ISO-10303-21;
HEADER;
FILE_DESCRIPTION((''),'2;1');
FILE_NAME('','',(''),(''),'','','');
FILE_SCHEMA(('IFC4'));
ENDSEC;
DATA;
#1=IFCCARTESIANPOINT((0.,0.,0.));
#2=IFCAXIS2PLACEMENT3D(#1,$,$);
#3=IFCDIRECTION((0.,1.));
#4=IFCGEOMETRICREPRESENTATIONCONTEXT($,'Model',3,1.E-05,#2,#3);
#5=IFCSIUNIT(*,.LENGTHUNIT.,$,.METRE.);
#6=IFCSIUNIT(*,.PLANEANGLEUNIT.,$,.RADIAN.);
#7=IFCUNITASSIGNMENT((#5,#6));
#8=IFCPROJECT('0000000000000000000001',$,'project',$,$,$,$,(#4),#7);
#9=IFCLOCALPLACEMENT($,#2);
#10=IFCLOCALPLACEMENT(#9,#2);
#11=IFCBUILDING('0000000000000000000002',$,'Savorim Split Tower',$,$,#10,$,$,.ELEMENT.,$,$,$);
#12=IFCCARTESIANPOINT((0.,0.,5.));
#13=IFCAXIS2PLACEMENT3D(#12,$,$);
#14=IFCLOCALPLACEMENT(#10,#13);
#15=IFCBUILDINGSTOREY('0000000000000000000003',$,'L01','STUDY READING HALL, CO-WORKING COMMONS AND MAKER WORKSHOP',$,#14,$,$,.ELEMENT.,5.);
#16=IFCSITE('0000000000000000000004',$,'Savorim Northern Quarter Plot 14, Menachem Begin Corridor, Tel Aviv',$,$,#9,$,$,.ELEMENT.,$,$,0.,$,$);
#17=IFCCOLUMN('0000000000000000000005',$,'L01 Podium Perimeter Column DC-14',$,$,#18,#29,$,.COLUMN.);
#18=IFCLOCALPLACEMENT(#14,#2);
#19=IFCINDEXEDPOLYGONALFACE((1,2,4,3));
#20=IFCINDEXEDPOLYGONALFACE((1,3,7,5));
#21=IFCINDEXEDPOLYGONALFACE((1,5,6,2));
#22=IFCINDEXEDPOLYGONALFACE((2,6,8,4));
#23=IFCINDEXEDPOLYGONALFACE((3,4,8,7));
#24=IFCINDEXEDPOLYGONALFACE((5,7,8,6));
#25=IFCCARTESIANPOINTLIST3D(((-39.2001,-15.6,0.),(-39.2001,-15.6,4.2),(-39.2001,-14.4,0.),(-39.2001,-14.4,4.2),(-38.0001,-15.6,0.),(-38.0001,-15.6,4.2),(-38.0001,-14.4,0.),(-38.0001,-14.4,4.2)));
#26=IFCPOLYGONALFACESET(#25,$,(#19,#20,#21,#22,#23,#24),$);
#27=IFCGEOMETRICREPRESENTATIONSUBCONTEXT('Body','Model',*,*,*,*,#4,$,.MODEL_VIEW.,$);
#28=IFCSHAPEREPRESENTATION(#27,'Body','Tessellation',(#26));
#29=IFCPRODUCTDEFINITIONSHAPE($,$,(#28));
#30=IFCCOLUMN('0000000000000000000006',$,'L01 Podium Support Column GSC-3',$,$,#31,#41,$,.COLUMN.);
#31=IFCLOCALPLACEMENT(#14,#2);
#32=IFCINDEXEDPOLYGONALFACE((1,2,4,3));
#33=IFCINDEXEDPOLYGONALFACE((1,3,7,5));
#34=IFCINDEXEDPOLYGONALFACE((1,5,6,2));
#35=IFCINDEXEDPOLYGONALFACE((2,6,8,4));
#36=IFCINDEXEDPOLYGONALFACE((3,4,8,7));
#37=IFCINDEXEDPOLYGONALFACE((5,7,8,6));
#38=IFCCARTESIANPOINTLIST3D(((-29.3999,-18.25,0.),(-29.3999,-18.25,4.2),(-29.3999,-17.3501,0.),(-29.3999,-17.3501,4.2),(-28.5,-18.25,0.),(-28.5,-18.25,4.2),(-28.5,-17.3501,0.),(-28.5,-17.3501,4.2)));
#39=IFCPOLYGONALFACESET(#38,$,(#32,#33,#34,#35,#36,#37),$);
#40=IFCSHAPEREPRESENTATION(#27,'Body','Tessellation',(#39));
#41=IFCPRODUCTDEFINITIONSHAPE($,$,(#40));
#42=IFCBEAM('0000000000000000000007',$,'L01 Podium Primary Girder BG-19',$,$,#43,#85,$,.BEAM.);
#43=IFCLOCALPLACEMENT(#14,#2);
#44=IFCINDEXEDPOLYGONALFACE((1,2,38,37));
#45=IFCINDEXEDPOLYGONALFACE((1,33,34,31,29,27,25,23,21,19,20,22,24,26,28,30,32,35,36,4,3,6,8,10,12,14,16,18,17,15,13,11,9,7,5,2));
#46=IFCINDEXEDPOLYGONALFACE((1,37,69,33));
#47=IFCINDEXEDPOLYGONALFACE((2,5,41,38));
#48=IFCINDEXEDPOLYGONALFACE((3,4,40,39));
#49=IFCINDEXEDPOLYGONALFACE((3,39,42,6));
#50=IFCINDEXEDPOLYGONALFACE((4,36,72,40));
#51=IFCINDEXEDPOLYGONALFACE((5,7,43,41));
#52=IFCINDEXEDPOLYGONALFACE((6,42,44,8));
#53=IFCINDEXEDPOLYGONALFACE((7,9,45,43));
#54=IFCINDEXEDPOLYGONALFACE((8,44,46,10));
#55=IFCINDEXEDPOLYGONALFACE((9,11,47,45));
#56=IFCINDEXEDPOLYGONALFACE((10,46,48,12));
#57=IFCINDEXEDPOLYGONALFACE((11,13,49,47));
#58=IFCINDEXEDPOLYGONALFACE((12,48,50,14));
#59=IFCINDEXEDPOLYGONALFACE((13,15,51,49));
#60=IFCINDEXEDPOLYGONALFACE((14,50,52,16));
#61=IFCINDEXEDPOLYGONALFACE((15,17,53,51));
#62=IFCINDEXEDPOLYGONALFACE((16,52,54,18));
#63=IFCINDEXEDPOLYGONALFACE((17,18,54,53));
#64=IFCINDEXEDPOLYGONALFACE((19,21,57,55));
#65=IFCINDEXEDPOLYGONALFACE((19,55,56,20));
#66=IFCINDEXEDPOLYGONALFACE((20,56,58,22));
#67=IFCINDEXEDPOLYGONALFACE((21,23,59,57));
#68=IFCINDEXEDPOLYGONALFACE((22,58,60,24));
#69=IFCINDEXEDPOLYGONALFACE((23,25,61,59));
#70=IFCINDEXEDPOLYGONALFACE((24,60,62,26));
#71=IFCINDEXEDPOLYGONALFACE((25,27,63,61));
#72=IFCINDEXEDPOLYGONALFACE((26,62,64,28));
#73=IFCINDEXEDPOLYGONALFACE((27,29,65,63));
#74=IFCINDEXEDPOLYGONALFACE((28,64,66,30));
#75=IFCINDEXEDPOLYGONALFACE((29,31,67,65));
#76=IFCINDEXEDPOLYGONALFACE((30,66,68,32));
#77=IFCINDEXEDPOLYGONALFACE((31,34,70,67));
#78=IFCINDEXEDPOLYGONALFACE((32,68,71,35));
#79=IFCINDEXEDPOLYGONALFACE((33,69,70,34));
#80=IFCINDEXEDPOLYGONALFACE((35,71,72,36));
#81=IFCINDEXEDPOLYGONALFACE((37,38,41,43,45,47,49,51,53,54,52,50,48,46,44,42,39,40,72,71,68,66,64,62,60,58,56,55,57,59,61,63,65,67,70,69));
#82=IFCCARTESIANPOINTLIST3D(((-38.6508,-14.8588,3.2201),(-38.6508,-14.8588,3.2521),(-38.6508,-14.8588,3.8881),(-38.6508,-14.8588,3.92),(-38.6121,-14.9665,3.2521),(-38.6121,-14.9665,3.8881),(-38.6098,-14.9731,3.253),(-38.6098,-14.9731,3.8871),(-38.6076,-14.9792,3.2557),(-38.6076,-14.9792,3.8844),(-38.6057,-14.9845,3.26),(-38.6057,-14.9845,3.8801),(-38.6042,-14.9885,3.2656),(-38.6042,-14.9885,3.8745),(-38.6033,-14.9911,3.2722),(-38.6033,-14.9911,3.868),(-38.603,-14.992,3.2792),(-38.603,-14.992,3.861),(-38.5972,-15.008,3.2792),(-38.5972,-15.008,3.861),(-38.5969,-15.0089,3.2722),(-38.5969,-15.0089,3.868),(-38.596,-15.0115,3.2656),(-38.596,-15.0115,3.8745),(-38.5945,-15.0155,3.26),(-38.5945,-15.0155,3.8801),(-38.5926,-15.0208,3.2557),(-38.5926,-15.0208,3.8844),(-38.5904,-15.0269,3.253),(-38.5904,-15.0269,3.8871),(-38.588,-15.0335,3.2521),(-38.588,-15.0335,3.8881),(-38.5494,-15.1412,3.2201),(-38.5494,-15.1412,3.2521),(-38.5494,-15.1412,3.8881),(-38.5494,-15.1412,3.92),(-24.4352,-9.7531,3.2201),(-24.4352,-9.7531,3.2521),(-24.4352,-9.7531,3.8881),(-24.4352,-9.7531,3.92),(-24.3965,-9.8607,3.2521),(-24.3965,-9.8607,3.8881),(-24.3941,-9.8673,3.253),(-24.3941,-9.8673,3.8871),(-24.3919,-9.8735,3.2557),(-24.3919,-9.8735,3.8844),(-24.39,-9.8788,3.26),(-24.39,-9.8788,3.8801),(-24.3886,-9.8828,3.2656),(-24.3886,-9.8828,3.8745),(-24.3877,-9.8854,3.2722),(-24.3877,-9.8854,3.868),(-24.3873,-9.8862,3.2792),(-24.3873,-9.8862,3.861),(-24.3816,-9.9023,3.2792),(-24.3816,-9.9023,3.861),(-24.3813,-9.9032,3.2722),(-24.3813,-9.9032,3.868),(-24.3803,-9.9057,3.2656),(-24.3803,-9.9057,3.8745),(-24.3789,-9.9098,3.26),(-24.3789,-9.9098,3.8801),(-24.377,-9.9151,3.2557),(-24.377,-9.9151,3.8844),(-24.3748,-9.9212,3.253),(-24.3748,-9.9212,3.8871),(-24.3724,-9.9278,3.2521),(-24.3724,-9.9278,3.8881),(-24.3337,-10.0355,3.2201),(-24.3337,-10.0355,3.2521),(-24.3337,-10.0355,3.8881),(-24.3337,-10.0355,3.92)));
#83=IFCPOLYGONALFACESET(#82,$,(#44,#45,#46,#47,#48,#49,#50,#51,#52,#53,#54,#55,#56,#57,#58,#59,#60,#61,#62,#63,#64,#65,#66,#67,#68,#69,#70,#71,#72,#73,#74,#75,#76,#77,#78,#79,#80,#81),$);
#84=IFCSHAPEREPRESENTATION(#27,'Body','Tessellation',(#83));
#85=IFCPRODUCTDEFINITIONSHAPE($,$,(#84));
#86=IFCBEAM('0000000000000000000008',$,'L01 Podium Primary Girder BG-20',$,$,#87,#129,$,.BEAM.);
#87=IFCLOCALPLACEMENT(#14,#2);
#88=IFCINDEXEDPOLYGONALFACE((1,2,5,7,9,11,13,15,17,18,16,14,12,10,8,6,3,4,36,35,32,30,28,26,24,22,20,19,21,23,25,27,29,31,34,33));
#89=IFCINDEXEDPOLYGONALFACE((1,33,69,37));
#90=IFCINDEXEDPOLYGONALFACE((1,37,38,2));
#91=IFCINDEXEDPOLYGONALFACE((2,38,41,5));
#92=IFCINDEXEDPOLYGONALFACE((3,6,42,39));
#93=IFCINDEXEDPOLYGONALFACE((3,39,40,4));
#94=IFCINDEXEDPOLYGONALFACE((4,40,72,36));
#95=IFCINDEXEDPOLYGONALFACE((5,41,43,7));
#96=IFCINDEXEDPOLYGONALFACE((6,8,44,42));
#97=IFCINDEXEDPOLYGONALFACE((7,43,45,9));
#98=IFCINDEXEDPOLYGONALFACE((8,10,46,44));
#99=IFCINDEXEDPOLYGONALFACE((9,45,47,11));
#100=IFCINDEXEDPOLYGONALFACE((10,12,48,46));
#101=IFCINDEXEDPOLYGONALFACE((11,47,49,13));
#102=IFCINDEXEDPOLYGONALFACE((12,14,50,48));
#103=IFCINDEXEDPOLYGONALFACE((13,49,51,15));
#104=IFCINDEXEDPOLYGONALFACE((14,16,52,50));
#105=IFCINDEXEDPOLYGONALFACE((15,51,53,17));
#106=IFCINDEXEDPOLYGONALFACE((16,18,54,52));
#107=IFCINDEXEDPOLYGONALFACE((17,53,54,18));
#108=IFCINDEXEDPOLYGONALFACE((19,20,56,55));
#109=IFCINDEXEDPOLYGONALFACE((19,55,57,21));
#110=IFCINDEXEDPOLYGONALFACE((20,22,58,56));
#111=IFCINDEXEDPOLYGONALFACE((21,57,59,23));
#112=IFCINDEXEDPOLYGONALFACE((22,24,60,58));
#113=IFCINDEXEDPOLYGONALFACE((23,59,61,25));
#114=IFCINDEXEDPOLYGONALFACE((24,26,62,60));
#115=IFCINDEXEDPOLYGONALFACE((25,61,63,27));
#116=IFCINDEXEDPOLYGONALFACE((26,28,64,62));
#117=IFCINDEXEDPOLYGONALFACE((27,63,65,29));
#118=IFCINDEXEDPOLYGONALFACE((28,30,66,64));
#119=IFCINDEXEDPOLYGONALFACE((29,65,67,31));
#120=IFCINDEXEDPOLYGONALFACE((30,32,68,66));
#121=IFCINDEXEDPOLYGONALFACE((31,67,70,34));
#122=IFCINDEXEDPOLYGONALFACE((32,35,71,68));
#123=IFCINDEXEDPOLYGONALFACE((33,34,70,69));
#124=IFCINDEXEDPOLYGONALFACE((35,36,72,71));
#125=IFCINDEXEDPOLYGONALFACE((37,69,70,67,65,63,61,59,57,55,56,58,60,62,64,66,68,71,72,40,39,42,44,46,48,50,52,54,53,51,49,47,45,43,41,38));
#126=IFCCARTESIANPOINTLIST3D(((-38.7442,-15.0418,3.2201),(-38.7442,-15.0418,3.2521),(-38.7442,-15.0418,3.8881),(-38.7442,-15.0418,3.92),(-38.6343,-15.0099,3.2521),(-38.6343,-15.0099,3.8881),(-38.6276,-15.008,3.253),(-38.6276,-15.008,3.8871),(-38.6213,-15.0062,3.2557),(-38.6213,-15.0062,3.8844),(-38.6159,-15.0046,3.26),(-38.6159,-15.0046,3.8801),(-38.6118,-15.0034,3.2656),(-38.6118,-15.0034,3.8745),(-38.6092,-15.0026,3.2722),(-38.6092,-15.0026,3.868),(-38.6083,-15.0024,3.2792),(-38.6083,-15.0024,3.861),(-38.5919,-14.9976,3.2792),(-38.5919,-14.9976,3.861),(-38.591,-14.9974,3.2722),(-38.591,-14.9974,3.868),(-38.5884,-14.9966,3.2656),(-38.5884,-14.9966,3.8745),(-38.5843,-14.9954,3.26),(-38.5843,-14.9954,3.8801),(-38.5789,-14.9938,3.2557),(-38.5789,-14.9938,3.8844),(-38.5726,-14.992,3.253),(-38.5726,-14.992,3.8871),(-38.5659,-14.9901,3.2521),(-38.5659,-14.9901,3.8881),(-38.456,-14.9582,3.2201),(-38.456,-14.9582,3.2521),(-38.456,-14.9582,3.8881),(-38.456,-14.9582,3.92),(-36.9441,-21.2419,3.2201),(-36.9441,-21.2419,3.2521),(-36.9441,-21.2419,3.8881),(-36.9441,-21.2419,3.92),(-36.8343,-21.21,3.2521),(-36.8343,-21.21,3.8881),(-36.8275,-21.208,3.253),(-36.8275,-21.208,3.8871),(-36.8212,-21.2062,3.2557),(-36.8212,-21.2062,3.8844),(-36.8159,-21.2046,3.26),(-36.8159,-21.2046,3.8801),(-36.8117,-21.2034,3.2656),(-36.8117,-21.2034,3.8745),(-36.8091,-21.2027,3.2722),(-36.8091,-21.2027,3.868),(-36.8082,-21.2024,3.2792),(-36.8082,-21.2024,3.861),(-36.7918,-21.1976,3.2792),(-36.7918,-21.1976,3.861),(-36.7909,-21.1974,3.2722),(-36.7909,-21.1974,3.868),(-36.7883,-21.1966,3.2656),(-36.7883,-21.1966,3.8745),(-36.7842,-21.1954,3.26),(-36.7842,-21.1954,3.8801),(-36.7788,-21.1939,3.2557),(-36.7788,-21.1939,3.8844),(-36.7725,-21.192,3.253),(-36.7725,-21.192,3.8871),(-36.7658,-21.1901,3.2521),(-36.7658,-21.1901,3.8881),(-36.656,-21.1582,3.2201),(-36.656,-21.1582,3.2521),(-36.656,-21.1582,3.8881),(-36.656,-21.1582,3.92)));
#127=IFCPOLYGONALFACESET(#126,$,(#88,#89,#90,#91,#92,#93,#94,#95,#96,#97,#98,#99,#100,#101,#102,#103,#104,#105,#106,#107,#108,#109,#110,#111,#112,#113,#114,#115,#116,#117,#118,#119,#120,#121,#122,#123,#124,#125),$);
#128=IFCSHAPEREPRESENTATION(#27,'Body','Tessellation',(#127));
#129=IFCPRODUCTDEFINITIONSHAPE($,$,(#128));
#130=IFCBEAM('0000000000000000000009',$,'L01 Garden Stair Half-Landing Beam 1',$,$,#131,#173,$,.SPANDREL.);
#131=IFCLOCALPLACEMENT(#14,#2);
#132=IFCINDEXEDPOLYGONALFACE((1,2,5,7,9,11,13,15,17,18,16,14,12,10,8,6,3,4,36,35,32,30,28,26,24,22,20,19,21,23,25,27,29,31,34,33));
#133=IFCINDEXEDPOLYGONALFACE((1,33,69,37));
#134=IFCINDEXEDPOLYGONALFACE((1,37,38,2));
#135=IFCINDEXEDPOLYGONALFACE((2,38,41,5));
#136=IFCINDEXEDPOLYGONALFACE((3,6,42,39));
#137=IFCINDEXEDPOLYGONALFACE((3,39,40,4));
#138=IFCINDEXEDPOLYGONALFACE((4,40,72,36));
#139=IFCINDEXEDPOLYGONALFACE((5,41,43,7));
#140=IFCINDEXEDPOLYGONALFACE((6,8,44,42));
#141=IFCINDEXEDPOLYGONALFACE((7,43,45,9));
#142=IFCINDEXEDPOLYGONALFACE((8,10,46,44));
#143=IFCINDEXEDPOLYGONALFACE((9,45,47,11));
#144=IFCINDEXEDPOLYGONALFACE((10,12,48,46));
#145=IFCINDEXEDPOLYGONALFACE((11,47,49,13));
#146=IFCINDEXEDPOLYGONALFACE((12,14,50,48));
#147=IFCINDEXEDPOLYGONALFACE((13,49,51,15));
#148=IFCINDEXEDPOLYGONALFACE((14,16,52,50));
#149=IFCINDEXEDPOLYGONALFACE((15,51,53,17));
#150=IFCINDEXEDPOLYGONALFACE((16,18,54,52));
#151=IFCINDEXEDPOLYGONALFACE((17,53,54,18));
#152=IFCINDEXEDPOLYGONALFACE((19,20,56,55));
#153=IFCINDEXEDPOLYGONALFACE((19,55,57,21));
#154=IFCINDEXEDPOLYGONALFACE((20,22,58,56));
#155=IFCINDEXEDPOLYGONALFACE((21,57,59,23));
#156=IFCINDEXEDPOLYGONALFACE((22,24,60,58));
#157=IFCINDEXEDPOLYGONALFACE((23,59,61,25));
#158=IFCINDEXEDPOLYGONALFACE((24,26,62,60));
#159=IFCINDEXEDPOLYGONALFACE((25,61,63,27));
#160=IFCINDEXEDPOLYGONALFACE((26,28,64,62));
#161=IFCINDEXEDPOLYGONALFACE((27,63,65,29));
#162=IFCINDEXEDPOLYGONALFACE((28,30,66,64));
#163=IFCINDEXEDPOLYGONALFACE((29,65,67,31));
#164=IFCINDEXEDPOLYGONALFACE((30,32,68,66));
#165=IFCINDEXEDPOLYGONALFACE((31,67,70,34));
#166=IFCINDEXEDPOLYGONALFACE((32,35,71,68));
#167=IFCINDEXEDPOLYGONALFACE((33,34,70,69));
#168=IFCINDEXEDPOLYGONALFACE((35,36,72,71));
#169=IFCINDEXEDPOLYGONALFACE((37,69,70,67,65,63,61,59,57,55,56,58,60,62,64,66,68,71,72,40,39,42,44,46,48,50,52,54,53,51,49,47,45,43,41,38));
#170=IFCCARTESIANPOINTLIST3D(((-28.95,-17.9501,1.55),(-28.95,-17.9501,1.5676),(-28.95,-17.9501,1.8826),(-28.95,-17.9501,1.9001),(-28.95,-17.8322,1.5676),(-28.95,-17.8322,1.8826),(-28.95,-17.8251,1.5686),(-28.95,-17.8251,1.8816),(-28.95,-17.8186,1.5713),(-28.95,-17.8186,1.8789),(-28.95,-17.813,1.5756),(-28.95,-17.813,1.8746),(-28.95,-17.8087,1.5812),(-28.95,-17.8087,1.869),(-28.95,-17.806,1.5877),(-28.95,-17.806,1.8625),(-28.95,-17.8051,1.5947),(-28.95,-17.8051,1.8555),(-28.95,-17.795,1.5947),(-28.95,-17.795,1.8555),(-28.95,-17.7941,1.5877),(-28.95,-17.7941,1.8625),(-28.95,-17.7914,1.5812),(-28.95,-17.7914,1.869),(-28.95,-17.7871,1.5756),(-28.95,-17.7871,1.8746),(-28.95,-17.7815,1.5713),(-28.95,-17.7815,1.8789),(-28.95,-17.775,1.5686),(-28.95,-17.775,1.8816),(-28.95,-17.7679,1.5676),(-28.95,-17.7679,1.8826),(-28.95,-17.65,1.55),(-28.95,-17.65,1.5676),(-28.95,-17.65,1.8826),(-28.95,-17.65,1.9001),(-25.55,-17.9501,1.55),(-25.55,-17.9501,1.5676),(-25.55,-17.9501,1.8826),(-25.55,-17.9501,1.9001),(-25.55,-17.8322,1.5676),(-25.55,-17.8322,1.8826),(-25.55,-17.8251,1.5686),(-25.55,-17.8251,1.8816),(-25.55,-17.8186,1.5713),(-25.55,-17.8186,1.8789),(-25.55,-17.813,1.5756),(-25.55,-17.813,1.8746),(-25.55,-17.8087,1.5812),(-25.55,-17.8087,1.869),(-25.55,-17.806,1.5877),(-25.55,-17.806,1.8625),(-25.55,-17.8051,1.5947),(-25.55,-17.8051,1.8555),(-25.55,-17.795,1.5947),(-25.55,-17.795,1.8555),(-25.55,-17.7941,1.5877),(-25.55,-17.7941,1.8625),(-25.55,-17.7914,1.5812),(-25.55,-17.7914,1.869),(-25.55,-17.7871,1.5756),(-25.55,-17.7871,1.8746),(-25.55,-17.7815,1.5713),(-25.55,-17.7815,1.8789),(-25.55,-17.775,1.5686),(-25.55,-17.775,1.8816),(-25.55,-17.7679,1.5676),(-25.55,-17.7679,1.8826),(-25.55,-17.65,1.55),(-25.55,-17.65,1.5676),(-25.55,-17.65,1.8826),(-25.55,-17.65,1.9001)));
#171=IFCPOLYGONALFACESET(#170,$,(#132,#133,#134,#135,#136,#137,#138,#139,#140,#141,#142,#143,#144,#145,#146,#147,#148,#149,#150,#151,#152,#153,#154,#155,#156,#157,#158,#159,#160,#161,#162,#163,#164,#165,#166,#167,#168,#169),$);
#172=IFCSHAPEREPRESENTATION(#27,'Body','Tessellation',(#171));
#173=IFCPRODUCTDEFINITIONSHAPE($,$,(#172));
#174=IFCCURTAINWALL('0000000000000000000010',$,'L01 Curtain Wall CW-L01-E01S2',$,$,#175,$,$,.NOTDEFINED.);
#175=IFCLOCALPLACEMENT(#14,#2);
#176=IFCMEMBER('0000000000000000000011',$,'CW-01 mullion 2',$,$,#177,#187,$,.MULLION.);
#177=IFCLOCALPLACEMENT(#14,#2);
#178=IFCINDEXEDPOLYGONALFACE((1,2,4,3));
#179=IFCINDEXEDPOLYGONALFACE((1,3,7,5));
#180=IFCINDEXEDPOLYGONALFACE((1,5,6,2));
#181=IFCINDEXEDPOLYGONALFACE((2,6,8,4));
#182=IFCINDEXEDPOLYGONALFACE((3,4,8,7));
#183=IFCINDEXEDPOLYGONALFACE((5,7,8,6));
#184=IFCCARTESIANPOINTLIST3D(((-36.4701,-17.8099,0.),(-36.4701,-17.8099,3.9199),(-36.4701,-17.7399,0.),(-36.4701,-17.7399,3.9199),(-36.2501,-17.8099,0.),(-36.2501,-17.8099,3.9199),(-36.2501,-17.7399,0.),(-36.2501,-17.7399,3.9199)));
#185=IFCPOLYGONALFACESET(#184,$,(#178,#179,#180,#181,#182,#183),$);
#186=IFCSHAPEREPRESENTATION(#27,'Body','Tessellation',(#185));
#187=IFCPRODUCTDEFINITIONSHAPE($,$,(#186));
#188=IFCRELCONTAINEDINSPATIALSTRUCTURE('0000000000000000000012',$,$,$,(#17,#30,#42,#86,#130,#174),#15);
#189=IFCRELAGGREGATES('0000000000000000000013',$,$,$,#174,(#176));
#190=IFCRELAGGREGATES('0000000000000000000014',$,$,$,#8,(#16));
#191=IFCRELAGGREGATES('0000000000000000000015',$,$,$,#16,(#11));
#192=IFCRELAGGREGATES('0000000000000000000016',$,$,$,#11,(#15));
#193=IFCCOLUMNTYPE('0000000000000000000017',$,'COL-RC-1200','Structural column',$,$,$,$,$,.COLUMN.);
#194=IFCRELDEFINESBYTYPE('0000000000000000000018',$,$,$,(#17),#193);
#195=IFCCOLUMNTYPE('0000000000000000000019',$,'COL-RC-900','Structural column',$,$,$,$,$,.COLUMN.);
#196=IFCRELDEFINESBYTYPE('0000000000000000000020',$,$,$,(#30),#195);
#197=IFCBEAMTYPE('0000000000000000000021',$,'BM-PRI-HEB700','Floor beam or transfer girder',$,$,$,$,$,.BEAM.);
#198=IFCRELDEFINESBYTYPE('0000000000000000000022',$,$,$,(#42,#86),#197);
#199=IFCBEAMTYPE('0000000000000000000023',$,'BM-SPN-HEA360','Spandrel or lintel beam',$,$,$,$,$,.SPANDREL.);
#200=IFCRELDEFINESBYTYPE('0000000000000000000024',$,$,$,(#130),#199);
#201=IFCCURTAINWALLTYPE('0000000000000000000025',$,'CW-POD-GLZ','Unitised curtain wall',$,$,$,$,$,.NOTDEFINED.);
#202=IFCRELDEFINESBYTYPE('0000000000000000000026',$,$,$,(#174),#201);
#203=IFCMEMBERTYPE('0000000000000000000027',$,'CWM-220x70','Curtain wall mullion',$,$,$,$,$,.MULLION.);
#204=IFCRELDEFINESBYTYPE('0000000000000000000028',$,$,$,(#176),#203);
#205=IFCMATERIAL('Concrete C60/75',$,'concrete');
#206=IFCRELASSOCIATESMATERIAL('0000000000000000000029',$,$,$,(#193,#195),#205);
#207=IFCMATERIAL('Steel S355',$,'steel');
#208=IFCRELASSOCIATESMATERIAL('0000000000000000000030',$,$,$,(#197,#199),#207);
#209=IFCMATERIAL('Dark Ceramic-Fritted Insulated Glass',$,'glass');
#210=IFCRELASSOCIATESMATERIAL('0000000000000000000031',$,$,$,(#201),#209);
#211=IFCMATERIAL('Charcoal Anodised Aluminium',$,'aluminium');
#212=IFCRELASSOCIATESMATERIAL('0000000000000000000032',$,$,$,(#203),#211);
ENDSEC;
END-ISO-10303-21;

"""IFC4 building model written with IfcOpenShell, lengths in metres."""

from ifc_helpers import new_model, si_unit, direction, frame, origin, origin_2d, place, context, subcontext, project, spatial, rectangle, i_section, extrude, material, material_profile, profile_set, type_object, element, aggregate, save


model = new_model("IFC4")

# Units and contexts
model_context = context("Model", 3, precision=1e-05, world=origin(), true_north=direction((0.0, 1.0)))
body_context = subcontext(model_context, "Body", "Model", "MODEL_VIEW")
ifc_project = project(units=[si_unit("LENGTHUNIT", "METRE"), si_unit("PLANEANGLEUNIT", "RADIAN")], contexts=[model_context])

# Site, building, storey
site_placement = place(None, origin())
site = spatial("IfcSite", under=ifc_project, at=site_placement, Name="Savorim Northern Quarter Plot 14, Menachem Begin Corridor, Tel Aviv", CompositionType="ELEMENT", RefElevation=0.0)
building_placement = place(site_placement, origin())
building = spatial("IfcBuilding", under=site, at=building_placement, Name="Savorim Split Tower", CompositionType="ELEMENT")
storey_placement = place(building_placement, frame((0.0, 0.0, 5.0)))
storey = spatial("IfcBuildingStorey", under=building, at=storey_placement, Name="L01", Description="STUDY READING HALL, CO-WORKING COMMONS AND MAKER WORKSHOP", CompositionType="ELEMENT", Elevation=5.0)

# Columns
ifc_material_1 = material(Name="Concrete C60/75", Category="concrete")
ifc_material_profile_1 = material_profile(ifc_material_1, rectangle(XDim=1.2, YDim=1.2, at=origin_2d()), Name="RC 1200x1200")
ifc_profile_set_1 = profile_set([ifc_material_profile_1], Name="Concrete C60/75")
column_type_1 = type_object("IfcColumnType", Name="COL-RC-1200", Description="Structural column", PredefinedType="COLUMN", material=ifc_profile_set_1)
column_1_placement = place(storey_placement, frame((-38.6001, -15.0, 0.0), z_axis=(0.0, 0.0, 1.0), x_axis=(1.0, 0.0, 0.0)))
element("IfcColumn", 1, at=column_1_placement, inside=storey, type_object=column_type_1, Name="L01 Podium Perimeter Column DC-14", PredefinedType="COLUMN", context=body_context, shape_type="SweptSolid", body=[
    extrude(rectangle(XDim=1.2, YDim=1.2, at=origin_2d()), origin(), (0.0, 0.0, 1.0), 4.2),
])
ifc_material_profile_2 = material_profile(ifc_material_1, rectangle(XDim=0.8999, YDim=0.8999, at=origin_2d()), Name="RC 900x900")
ifc_profile_set_2 = profile_set([ifc_material_profile_2], Name="Concrete C60/75")
column_type_2 = type_object("IfcColumnType", Name="COL-RC-900", Description="Structural column", PredefinedType="COLUMN", material=ifc_profile_set_2)
column_2_placement = place(storey_placement, frame((-28.95, -17.8, 0.0), z_axis=(0.0, 0.0, 1.0), x_axis=(1.0, 0.0, 0.0)))
element("IfcColumn", 2, at=column_2_placement, inside=storey, type_object=column_type_2, Name="L01 Podium Support Column GSC-3", PredefinedType="COLUMN", context=body_context, shape_type="SweptSolid", body=[
    extrude(rectangle(XDim=0.8999, YDim=0.8999, at=origin_2d()), origin(), (0.0, 0.0, 1.0), 4.2),
])

# Beams
ifc_material_2 = material(Name="Steel S355", Category="steel")
ifc_material_profile_3 = material_profile(ifc_material_2, i_section(OverallWidth=0.3, OverallDepth=0.7, WebThickness=0.0171, FlangeThickness=0.032, FilletRadius=0.0271, at=origin_2d()), Name="HEB 700")
ifc_profile_set_3 = profile_set([ifc_material_profile_3], Name="Steel S355")
beam_type_1 = type_object("IfcBeamType", Name="BM-PRI-HEB700", Description="Floor beam or transfer girder", PredefinedType="BEAM", material=ifc_profile_set_3)
beam_1_placement = place(storey_placement, frame((-38.6001, -15.0, 3.5701), z_axis=(0.941138, 0.338022, 0.0), x_axis=(-0.338022, 0.941138, 0.0)))
element("IfcBeam", 3, at=beam_1_placement, inside=storey, type_object=beam_type_1, Name="L01 Podium Primary Girder BG-19", PredefinedType="BEAM", context=body_context, shape_type="SweptSolid", body=[
    extrude(i_section(OverallWidth=0.3, OverallDepth=0.7, WebThickness=0.0171, FlangeThickness=0.032, FilletRadius=0.0271, at=origin_2d()), origin(), (0.0, 0.0, 1.0), 15.1047),
])
beam_2_placement = place(storey_placement, frame((-38.6001, -15.0, 3.5701), z_axis=(0.278819, -0.960344, 0.0), x_axis=(0.960344, 0.278819, 0.0)))
element("IfcBeam", 4, at=beam_2_placement, inside=storey, type_object=beam_type_1, Name="L01 Podium Primary Girder BG-20", PredefinedType="BEAM", context=body_context, shape_type="SweptSolid", body=[
    extrude(i_section(OverallWidth=0.3, OverallDepth=0.7, WebThickness=0.0171, FlangeThickness=0.032, FilletRadius=0.0271, at=origin_2d()), origin(), (0.0, 0.0, 1.0), 6.4561),
])
ifc_material_profile_4 = material_profile(ifc_material_2, i_section(OverallWidth=0.3, OverallDepth=0.3501, WebThickness=0.01, FlangeThickness=0.0176, FilletRadius=0.0271, at=origin_2d()), Name="HEA 360")
ifc_profile_set_4 = profile_set([ifc_material_profile_4], Name="Steel S355")
beam_type_2 = type_object("IfcBeamType", Name="BM-SPN-HEA360", Description="Spandrel or lintel beam", PredefinedType="SPANDREL", material=ifc_profile_set_4)
beam_3_placement = place(storey_placement, frame((-28.95, -17.8, 1.7251), z_axis=(1.0, 0.0, 0.0), x_axis=(0.0, 1.0, 0.0)))
element("IfcBeam", 5, at=beam_3_placement, inside=storey, type_object=beam_type_2, Name="L01 Garden Stair Half-Landing Beam 1", PredefinedType="SPANDREL", context=body_context, shape_type="SweptSolid", body=[
    extrude(i_section(OverallWidth=0.3, OverallDepth=0.3501, WebThickness=0.01, FlangeThickness=0.0176, FilletRadius=0.0271, at=origin_2d()), origin(), (0.0, 0.0, 1.0), 3.3999),
])

# Curtain wall, member
ifc_material_3 = material(Name="Dark Ceramic-Fritted Insulated Glass", Category="glass")
curtain_wall_type = type_object("IfcCurtainWallType", Name="CW-POD-GLZ", Description="Unitised curtain wall", PredefinedType="NOTDEFINED", material=ifc_material_3)
curtain_wall_1_placement = place(storey_placement, origin())
curtain_wall_1 = element("IfcCurtainWall", 6, at=curtain_wall_1_placement, inside=storey, type_object=curtain_wall_type, Name="L01 Curtain Wall CW-L01-E01S2", PredefinedType="NOTDEFINED")
ifc_material_4 = material(Name="Charcoal Anodised Aluminium", Category="aluminium")
ifc_material_profile_5 = material_profile(ifc_material_4, rectangle(XDim=0.22, YDim=0.0701, at=origin_2d()), Name="ALU-M 220x70")
ifc_profile_set_5 = profile_set([ifc_material_profile_5], Name="Charcoal Anodised Aluminium")
member_type_1 = type_object("IfcMemberType", Name="CWM-220x70", Description="Curtain wall mullion", PredefinedType="MULLION", material=ifc_profile_set_5)
member_1_placement = place(storey_placement, frame((-36.3601, -17.7749, 0.0), z_axis=(0.0, 0.0, 1.0), x_axis=(-1.0, 0.0, 0.0)))
member_1 = element("IfcMember", 7, at=member_1_placement, type_object=member_type_1, Name="CW-01 mullion 2", PredefinedType="MULLION", context=body_context, shape_type="SweptSolid", body=[
    extrude(rectangle(XDim=0.22, YDim=0.0701, at=origin_2d()), origin(), (0.0, 0.0, 1.0), 3.9199),
])

aggregate(curtain_wall_1, [member_1])

save(model, "model.ifc")
